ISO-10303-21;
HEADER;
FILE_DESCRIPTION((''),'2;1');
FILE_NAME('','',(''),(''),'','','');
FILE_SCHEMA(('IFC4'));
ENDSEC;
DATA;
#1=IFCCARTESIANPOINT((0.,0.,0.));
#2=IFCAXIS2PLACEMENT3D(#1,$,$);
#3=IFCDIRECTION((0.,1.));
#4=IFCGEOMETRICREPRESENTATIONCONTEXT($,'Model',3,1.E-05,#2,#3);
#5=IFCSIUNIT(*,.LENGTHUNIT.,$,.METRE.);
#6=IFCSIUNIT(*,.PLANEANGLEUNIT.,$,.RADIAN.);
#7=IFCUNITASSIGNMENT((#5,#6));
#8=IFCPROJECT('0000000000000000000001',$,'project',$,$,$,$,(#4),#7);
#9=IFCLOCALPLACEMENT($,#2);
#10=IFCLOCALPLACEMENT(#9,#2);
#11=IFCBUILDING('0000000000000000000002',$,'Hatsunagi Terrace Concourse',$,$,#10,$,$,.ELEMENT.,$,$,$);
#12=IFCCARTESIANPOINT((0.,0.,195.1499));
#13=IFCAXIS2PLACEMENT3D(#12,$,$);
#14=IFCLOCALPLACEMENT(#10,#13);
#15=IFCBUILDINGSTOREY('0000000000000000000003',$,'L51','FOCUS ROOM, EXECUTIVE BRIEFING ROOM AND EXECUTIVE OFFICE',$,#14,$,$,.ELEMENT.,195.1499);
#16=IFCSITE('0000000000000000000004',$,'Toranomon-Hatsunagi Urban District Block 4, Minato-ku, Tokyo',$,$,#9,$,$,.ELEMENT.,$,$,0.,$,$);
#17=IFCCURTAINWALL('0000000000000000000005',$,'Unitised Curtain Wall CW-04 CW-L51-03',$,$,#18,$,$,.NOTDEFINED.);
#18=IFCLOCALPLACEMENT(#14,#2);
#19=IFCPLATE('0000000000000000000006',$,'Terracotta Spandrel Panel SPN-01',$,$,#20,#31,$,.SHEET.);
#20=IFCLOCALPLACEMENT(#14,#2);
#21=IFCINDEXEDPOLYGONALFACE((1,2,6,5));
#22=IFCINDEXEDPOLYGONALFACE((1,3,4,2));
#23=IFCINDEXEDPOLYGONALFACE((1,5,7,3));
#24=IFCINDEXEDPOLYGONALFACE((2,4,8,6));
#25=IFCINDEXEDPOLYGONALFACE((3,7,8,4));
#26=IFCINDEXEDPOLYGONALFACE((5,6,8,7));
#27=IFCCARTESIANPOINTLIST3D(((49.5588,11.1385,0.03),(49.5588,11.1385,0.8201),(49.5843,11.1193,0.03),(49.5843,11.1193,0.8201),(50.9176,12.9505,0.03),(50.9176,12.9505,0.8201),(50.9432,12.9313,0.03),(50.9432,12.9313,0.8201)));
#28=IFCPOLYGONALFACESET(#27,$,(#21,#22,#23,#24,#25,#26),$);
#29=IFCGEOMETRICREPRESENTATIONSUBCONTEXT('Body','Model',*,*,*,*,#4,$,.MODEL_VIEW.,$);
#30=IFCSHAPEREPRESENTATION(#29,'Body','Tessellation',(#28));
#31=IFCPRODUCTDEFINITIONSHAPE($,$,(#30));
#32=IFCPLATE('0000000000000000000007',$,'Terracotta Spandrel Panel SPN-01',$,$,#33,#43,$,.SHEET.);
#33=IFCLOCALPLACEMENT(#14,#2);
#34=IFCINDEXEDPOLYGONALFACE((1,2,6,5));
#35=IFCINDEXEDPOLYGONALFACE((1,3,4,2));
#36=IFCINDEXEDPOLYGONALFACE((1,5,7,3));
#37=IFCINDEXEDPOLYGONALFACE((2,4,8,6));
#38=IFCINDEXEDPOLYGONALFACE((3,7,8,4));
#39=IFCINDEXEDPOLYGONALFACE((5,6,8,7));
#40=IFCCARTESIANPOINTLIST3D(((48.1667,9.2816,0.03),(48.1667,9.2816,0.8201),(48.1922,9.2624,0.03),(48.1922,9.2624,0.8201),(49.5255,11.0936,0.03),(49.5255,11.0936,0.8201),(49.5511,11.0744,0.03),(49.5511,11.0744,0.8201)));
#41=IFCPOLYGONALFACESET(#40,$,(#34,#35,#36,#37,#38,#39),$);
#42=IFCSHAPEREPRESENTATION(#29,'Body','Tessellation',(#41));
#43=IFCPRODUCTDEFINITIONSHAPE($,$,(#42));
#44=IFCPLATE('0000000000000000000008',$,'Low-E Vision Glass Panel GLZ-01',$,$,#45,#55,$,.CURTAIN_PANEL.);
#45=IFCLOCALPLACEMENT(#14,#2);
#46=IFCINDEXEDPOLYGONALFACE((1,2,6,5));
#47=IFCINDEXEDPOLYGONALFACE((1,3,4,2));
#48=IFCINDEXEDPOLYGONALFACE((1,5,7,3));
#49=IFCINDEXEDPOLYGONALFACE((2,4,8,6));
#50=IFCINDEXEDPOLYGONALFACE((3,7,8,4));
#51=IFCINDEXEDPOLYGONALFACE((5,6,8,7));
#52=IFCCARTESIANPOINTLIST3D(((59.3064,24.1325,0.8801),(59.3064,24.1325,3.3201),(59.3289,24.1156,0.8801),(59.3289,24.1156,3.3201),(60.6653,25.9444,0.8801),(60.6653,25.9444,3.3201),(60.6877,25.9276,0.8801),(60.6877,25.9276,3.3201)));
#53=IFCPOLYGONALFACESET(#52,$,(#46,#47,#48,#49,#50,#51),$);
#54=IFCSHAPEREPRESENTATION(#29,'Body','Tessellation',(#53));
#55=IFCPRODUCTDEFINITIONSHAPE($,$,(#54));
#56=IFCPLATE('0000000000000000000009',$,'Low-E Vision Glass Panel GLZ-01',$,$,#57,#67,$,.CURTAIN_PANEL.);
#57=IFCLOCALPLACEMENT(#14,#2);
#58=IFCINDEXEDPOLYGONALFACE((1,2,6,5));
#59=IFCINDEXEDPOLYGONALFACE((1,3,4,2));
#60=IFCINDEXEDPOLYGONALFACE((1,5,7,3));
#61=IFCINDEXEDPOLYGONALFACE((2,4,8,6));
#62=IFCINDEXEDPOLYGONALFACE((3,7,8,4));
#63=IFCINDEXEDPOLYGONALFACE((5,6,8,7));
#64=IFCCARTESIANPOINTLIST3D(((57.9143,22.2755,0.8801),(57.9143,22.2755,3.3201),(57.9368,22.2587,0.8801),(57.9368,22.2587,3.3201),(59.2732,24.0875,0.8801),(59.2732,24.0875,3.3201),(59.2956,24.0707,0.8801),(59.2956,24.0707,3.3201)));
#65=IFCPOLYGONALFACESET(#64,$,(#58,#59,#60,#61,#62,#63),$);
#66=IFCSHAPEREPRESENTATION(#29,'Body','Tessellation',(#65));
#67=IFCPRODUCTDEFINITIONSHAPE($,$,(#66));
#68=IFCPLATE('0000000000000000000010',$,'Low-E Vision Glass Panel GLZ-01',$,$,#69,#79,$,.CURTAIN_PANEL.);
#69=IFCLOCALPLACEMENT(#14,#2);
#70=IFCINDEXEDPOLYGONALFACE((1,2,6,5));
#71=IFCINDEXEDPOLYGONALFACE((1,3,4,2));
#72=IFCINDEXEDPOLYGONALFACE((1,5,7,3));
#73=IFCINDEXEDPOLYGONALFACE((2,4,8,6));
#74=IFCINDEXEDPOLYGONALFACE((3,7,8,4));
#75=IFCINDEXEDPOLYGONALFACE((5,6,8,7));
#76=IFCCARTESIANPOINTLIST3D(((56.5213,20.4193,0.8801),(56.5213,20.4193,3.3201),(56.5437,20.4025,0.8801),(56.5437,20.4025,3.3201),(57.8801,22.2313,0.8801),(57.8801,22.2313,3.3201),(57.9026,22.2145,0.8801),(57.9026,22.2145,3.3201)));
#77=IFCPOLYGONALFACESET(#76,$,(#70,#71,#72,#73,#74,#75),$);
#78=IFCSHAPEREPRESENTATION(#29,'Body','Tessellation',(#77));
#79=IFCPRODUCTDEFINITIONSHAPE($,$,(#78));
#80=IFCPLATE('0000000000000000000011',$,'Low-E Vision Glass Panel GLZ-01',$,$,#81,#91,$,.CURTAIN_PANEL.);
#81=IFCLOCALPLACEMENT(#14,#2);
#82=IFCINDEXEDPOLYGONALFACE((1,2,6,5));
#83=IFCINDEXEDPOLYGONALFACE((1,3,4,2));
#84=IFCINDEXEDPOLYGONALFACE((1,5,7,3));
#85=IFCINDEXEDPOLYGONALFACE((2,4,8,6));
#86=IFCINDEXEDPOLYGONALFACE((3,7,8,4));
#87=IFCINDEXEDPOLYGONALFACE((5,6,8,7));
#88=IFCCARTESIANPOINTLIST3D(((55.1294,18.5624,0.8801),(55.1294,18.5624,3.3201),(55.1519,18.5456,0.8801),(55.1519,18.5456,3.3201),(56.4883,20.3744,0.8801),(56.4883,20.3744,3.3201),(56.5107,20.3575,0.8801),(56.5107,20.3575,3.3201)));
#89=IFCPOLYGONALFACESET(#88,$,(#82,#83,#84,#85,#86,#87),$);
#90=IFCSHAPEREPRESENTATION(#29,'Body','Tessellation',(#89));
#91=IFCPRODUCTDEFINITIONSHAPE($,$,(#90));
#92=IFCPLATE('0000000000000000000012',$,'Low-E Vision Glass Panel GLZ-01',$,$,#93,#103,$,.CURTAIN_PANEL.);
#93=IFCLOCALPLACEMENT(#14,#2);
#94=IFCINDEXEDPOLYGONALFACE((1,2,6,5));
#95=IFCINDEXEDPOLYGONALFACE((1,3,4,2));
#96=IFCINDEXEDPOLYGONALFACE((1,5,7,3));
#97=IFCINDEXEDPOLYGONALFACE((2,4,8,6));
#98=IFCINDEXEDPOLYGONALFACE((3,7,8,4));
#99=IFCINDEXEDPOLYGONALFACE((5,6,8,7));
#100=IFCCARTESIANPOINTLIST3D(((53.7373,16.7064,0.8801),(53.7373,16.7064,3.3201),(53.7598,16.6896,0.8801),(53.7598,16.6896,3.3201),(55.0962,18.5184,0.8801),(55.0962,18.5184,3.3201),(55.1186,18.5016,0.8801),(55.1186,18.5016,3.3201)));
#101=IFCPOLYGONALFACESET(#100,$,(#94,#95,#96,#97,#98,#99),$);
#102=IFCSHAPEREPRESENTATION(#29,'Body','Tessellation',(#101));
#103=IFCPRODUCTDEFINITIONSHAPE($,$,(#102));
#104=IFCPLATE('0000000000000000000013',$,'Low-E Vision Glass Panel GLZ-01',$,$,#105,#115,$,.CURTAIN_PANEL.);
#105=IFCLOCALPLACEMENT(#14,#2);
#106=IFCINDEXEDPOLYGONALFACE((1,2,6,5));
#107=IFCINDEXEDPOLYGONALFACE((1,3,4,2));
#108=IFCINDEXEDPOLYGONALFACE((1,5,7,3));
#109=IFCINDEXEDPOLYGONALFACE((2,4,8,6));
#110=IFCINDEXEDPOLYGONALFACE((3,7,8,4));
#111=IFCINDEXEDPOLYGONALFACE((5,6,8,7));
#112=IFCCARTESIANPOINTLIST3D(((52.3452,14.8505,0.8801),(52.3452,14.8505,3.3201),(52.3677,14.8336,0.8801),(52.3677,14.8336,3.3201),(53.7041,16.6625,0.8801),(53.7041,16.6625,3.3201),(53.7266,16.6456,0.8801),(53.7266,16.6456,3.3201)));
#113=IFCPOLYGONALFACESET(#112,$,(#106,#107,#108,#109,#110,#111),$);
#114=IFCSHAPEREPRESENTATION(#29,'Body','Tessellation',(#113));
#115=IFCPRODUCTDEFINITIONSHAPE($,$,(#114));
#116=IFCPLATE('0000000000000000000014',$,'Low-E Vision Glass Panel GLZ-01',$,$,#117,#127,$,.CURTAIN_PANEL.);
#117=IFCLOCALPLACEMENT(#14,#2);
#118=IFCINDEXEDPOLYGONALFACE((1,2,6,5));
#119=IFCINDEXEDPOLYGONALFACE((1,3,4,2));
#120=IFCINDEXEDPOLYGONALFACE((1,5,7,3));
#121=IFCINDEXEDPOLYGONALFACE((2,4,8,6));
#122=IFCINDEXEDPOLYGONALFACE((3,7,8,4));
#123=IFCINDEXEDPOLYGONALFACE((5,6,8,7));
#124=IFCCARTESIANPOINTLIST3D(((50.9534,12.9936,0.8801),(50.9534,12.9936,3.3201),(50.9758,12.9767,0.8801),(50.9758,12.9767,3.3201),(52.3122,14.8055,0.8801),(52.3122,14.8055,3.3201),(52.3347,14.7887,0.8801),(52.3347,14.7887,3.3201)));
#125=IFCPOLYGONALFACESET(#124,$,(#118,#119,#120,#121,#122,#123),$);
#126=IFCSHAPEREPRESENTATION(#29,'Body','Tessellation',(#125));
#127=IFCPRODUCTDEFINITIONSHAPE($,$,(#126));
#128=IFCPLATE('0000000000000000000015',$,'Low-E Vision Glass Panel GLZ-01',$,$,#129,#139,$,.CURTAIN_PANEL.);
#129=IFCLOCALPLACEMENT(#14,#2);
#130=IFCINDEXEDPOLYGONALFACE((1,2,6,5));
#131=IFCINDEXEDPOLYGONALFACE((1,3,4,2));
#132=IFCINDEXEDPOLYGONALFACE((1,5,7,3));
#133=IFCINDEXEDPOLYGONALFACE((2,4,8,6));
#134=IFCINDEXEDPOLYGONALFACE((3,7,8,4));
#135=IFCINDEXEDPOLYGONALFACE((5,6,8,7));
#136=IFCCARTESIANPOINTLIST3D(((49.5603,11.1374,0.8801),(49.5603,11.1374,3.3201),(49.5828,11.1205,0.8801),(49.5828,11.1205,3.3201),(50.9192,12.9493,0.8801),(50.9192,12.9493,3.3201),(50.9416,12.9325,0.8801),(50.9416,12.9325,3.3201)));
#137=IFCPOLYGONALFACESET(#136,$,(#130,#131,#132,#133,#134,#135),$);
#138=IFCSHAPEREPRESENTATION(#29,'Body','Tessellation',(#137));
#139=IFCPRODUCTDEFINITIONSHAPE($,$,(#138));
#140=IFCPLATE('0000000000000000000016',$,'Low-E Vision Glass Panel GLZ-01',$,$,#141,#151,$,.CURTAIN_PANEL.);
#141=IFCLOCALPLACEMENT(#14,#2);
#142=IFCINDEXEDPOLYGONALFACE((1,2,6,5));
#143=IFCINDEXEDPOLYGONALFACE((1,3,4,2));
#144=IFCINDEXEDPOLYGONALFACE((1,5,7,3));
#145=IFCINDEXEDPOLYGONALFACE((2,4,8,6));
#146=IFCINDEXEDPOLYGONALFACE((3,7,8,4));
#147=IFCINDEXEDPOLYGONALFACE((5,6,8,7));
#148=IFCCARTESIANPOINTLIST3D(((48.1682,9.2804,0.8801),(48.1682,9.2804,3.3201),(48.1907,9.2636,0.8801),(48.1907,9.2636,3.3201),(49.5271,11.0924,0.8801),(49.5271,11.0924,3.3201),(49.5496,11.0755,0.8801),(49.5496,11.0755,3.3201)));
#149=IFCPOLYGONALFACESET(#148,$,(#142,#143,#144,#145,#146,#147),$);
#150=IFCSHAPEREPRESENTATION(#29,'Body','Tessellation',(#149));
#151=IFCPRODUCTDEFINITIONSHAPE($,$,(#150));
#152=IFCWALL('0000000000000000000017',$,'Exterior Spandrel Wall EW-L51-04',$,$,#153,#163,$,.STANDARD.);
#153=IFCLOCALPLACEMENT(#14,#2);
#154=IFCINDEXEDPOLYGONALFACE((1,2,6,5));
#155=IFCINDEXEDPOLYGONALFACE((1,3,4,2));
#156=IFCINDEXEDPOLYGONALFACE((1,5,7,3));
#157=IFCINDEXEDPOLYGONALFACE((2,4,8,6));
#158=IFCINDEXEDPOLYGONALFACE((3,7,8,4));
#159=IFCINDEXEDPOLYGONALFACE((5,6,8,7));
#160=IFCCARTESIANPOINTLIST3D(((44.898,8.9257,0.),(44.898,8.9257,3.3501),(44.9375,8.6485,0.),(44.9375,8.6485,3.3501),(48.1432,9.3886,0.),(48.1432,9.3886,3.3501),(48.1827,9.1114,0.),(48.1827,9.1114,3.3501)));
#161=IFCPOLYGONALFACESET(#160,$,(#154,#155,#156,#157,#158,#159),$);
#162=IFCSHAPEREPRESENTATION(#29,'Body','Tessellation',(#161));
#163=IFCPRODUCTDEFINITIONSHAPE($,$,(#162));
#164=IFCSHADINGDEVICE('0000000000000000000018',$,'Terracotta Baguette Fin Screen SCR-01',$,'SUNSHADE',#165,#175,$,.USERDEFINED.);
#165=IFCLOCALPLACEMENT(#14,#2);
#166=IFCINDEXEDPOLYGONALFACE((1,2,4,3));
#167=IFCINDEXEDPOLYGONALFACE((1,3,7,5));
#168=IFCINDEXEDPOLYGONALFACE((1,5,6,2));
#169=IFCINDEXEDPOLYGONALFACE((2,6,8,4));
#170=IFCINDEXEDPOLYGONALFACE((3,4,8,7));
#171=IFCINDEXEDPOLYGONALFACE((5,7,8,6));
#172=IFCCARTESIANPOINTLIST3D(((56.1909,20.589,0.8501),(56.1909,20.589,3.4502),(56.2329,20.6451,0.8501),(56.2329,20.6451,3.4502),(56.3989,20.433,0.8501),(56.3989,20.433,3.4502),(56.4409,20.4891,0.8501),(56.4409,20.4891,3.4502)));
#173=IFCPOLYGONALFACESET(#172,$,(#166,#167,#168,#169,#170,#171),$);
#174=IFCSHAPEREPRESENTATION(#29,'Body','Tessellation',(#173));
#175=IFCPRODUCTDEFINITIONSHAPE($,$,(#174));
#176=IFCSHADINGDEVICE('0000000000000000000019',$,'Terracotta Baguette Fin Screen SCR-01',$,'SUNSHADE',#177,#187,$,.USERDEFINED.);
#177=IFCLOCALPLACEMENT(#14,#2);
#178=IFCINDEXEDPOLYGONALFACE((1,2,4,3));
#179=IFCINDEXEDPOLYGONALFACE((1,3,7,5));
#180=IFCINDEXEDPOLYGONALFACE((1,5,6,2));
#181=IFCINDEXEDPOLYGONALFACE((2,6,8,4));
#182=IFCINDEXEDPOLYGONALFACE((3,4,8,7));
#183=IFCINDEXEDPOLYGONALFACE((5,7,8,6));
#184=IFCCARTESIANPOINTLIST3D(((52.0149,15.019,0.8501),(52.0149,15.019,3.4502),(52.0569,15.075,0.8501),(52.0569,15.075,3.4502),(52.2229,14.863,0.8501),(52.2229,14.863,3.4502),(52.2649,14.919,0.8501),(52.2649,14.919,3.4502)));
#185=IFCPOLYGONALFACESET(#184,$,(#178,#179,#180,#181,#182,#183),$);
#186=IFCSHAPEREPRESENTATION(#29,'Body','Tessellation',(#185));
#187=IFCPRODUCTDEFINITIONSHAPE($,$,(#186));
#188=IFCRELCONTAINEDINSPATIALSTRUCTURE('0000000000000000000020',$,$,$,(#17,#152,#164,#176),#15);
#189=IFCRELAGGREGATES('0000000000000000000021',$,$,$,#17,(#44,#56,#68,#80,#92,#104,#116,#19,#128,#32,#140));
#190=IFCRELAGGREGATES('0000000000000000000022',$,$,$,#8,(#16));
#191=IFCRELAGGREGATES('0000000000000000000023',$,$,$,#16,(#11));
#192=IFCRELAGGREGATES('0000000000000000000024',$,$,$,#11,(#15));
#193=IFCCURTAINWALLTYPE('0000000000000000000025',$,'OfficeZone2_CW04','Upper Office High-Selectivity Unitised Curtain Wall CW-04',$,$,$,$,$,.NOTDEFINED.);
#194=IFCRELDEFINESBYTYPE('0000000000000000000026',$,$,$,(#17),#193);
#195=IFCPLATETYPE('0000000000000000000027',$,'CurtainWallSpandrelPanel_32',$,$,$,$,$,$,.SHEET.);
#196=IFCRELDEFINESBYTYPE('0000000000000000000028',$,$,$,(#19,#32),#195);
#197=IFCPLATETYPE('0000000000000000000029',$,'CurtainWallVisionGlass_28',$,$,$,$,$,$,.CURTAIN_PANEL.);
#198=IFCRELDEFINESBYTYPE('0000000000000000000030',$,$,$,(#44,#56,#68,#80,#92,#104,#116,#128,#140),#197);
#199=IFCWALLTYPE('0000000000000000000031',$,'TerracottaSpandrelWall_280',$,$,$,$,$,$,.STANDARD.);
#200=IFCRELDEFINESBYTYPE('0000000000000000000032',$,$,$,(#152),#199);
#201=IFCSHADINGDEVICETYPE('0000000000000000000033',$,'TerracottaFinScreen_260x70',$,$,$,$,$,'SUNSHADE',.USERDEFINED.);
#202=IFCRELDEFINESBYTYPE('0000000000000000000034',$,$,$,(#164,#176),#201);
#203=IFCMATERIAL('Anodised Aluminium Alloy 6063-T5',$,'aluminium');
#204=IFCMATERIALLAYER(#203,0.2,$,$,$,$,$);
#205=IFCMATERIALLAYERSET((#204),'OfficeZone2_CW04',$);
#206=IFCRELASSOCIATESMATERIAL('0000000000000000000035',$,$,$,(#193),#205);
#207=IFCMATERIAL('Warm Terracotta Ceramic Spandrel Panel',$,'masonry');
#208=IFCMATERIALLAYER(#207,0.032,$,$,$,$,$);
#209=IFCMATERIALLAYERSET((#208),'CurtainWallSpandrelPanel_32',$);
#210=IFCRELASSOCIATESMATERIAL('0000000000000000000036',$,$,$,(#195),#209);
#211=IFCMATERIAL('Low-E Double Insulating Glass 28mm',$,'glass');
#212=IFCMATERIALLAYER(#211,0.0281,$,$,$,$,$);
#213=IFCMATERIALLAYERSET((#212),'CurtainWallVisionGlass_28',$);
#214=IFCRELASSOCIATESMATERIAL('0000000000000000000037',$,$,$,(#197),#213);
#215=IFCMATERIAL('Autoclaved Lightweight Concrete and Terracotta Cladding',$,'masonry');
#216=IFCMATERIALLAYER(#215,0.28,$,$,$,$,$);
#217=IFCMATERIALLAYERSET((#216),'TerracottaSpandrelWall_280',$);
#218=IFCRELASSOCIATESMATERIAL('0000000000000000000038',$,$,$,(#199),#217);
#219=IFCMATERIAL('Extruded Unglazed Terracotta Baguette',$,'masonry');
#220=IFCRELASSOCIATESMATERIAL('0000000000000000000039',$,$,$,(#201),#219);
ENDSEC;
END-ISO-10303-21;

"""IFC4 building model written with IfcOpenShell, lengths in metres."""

from ifc_helpers import new_model, si_unit, direction, frame, frame_2d, origin, origin_2d, place, context, subcontext, project, spatial, rectangle, extrude, material, layer, layer_set, type_object, element, aggregate, save


model = new_model("IFC4")

# Units and contexts
model_context = context("Model", 3, precision=1e-05, world=origin(), true_north=direction((0.0, 1.0)))
body_context = subcontext(model_context, "Body", "Model", "MODEL_VIEW")
ifc_project = project(units=[si_unit("LENGTHUNIT", "METRE"), si_unit("PLANEANGLEUNIT", "RADIAN")], contexts=[model_context])

# Site, building, storey
site_placement = place(None, origin())
site = spatial("IfcSite", under=ifc_project, at=site_placement, Name="Toranomon-Hatsunagi Urban District Block 4, Minato-ku, Tokyo", CompositionType="ELEMENT", RefElevation=0.0)
building_placement = place(site_placement, origin())
building = spatial("IfcBuilding", under=site, at=building_placement, Name="Hatsunagi Terrace Concourse", CompositionType="ELEMENT")
storey_placement = place(building_placement, frame((0.0, 0.0, 195.1499)))
storey = spatial("IfcBuildingStorey", under=building, at=storey_placement, Name="L51", Description="FOCUS ROOM, EXECUTIVE BRIEFING ROOM AND EXECUTIVE OFFICE", CompositionType="ELEMENT", Elevation=195.1499)

# Curtain wall
ifc_material_1 = material(Name="Anodised Aluminium Alloy 6063-T5", Category="aluminium")
ifc_layer_1 = layer(ifc_material_1, 0.2)
ifc_layer_set_1 = layer_set([ifc_layer_1], Name="OfficeZone2_CW04")
curtain_wall_type = type_object("IfcCurtainWallType", Name="OfficeZone2_CW04", Description="Upper Office High-Selectivity Unitised Curtain Wall CW-04", PredefinedType="NOTDEFINED", material=ifc_layer_set_1)
curtain_wall_placement = place(storey_placement, origin())
curtain_wall = element("IfcCurtainWall", 1, at=curtain_wall_placement, inside=storey, type_object=curtain_wall_type, Name="Unitised Curtain Wall CW-04 CW-L51-03", PredefinedType="NOTDEFINED")

# Plates
ifc_material_2 = material(Name="Warm Terracotta Ceramic Spandrel Panel", Category="masonry")
ifc_layer_2 = layer(ifc_material_2, 0.032)
ifc_layer_set_2 = layer_set([ifc_layer_2], Name="CurtainWallSpandrelPanel_32")
plate_type_1 = type_object("IfcPlateType", Name="CurtainWallSpandrelPanel_32", PredefinedType="SHEET", material=ifc_layer_set_2)
plate_1_placement = place(storey_placement, frame((50.251, 12.0349, 0.03), z_axis=(0.0, 0.0, 1.0), x_axis=(-0.599969, -0.800023, 0.0)))
plate_1 = element("IfcPlate", 2, at=plate_1_placement, type_object=plate_type_1, Name="Terracotta Spandrel Panel SPN-01", PredefinedType="SHEET", context=body_context, shape_type="SweptSolid", body=[
    extrude(rectangle(XDim=2.2649, YDim=0.032, at=origin_2d()), origin(), (0.0, 0.0, 1.0), 0.79),
])
plate_2_placement = place(storey_placement, frame((48.8589, 10.178, 0.03), z_axis=(0.0, 0.0, 1.0), x_axis=(-0.599969, -0.800023, 0.0)))
plate_2 = element("IfcPlate", 3, at=plate_2_placement, type_object=plate_type_1, Name="Terracotta Spandrel Panel SPN-01", PredefinedType="SHEET", context=body_context, shape_type="SweptSolid", body=[
    extrude(rectangle(XDim=2.2649, YDim=0.032, at=origin_2d()), origin(), (0.0, 0.0, 1.0), 0.79),
])
ifc_material_3 = material(Name="Low-E Double Insulating Glass 28mm", Category="glass")
ifc_layer_3 = layer(ifc_material_3, 0.0281)
ifc_layer_set_3 = layer_set([ifc_layer_3], Name="CurtainWallVisionGlass_28")
plate_type_2 = type_object("IfcPlateType", Name="CurtainWallVisionGlass_28", PredefinedType="CURTAIN_PANEL", material=ifc_layer_set_3)
plate_3_placement = place(storey_placement, frame((59.9971, 25.03, 0.8801), z_axis=(0.0, 0.0, 1.0), x_axis=(-0.599969, -0.800023, 0.0)))
plate_3 = element("IfcPlate", 4, at=plate_3_placement, type_object=plate_type_2, Name="Low-E Vision Glass Panel GLZ-01", PredefinedType="CURTAIN_PANEL", context=body_context, shape_type="SweptSolid", body=[
    extrude(rectangle(XDim=2.2649, YDim=0.0281, at=origin_2d()), origin(), (0.0, 0.0, 1.0), 2.4399),
])
plate_4_placement = place(storey_placement, frame((58.605, 23.1731, 0.8801), z_axis=(0.0, 0.0, 1.0), x_axis=(-0.599969, -0.800023, 0.0)))
plate_4 = element("IfcPlate", 5, at=plate_4_placement, type_object=plate_type_2, Name="Low-E Vision Glass Panel GLZ-01", PredefinedType="CURTAIN_PANEL", context=body_context, shape_type="SweptSolid", body=[
    extrude(rectangle(XDim=2.2649, YDim=0.0281, at=origin_2d()), origin(), (0.0, 0.0, 1.0), 2.4399),
])
plate_5_placement = place(storey_placement, frame((57.2119, 21.3169, 0.8801), z_axis=(0.0, 0.0, 1.0), x_axis=(-0.599969, -0.800023, 0.0)))
plate_5 = element("IfcPlate", 6, at=plate_5_placement, type_object=plate_type_2, Name="Low-E Vision Glass Panel GLZ-01", PredefinedType="CURTAIN_PANEL", context=body_context, shape_type="SweptSolid", body=[
    extrude(rectangle(XDim=2.2649, YDim=0.0281, at=origin_2d()), origin(), (0.0, 0.0, 1.0), 2.4399),
])
plate_6_placement = place(storey_placement, frame((55.8201, 19.46, 0.8801), z_axis=(0.0, 0.0, 1.0), x_axis=(-0.599969, -0.800023, 0.0)))
plate_6 = element("IfcPlate", 7, at=plate_6_placement, type_object=plate_type_2, Name="Low-E Vision Glass Panel GLZ-01", PredefinedType="CURTAIN_PANEL", context=body_context, shape_type="SweptSolid", body=[
    extrude(rectangle(XDim=2.2649, YDim=0.0281, at=origin_2d()), origin(), (0.0, 0.0, 1.0), 2.4399),
])
plate_7_placement = place(storey_placement, frame((54.428, 17.604, 0.8801), z_axis=(0.0, 0.0, 1.0), x_axis=(-0.599969, -0.800023, 0.0)))
plate_7 = element("IfcPlate", 8, at=plate_7_placement, type_object=plate_type_2, Name="Low-E Vision Glass Panel GLZ-01", PredefinedType="CURTAIN_PANEL", context=body_context, shape_type="SweptSolid", body=[
    extrude(rectangle(XDim=2.2649, YDim=0.0281, at=origin_2d()), origin(), (0.0, 0.0, 1.0), 2.4399),
])
plate_8_placement = place(storey_placement, frame((53.0359, 15.748, 0.8801), z_axis=(0.0, 0.0, 1.0), x_axis=(-0.599969, -0.800023, 0.0)))
plate_8 = element("IfcPlate", 9, at=plate_8_placement, type_object=plate_type_2, Name="Low-E Vision Glass Panel GLZ-01", PredefinedType="CURTAIN_PANEL", context=body_context, shape_type="SweptSolid", body=[
    extrude(rectangle(XDim=2.2649, YDim=0.0281, at=origin_2d()), origin(), (0.0, 0.0, 1.0), 2.4399),
])
plate_9_placement = place(storey_placement, frame((51.644, 13.8911, 0.8801), z_axis=(0.0, 0.0, 1.0), x_axis=(-0.599969, -0.800023, 0.0)))
plate_9 = element("IfcPlate", 10, at=plate_9_placement, type_object=plate_type_2, Name="Low-E Vision Glass Panel GLZ-01", PredefinedType="CURTAIN_PANEL", context=body_context, shape_type="SweptSolid", body=[
    extrude(rectangle(XDim=2.2649, YDim=0.0281, at=origin_2d()), origin(), (0.0, 0.0, 1.0), 2.4399),
])
plate_10_placement = place(storey_placement, frame((50.251, 12.0349, 0.8801), z_axis=(0.0, 0.0, 1.0), x_axis=(-0.599969, -0.800023, 0.0)))
plate_10 = element("IfcPlate", 11, at=plate_10_placement, type_object=plate_type_2, Name="Low-E Vision Glass Panel GLZ-01", PredefinedType="CURTAIN_PANEL", context=body_context, shape_type="SweptSolid", body=[
    extrude(rectangle(XDim=2.2649, YDim=0.0281, at=origin_2d()), origin(), (0.0, 0.0, 1.0), 2.4399),
])
plate_11_placement = place(storey_placement, frame((48.8589, 10.178, 0.8801), z_axis=(0.0, 0.0, 1.0), x_axis=(-0.599969, -0.800023, 0.0)))
plate_11 = element("IfcPlate", 12, at=plate_11_placement, type_object=plate_type_2, Name="Low-E Vision Glass Panel GLZ-01", PredefinedType="CURTAIN_PANEL", context=body_context, shape_type="SweptSolid", body=[
    extrude(rectangle(XDim=2.2649, YDim=0.0281, at=origin_2d()), origin(), (0.0, 0.0, 1.0), 2.4399),
])
aggregate(curtain_wall, [plate_3, plate_4, plate_5, plate_6, plate_7, plate_8, plate_9, plate_1, plate_10, plate_2, plate_11])

# Wall
ifc_material_4 = material(Name="Autoclaved Lightweight Concrete and Terracotta Cladding", Category="masonry")
ifc_layer_4 = layer(ifc_material_4, 0.28)
ifc_layer_set_4 = layer_set([ifc_layer_4], Name="TerracottaSpandrelWall_280")
wall_type = type_object("IfcWallType", Name="TerracottaSpandrelWall_280", PredefinedType="STANDARD", material=ifc_layer_set_4)
wall_placement = place(storey_placement, frame((48.1631, 9.25, 0.0), z_axis=(0.0, 0.0, 1.0), x_axis=(-0.989979, -0.141213, 0.0)))
element("IfcWall", 13, at=wall_placement, inside=storey, type_object=wall_type, Name="Exterior Spandrel Wall EW-L51-04", PredefinedType="STANDARD", context=body_context, shape_type="SweptSolid", body=[
    extrude(rectangle(XDim=3.2781, YDim=0.28, at=frame_2d((1.6392, 0.0))), origin(), (0.0, 0.0, 1.0), 3.3501),
])

# Shading devices
ifc_material_5 = material(Name="Extruded Unglazed Terracotta Baguette", Category="masonry")
shading_device_type = type_object("IfcShadingDeviceType", Name="TerracottaFinScreen_260x70", ElementType="SUNSHADE", PredefinedType="USERDEFINED", material=ifc_material_5)
for number, where, z_axis, x_axis, name in (
    (14, (56.3159, 20.5391, 0.8501), (0.0, 0.0, 1.0), (-0.599969, -0.800023, 0.0), "Terracotta Baguette Fin Screen SCR-01"),
    (15, (52.1399, 14.969, 0.8501), (0.0, 0.0, 1.0), (-0.599969, -0.800023, 0.0), "Terracotta Baguette Fin Screen SCR-01"),
):
    element("IfcShadingDevice", number, at=place(storey_placement, frame(where, z_axis=z_axis, x_axis=x_axis)), inside=storey, type_object=shading_device_type, Name=name, ObjectType="SUNSHADE", PredefinedType="USERDEFINED", context=body_context, shape_type="SweptSolid", body=[
        extrude(rectangle(XDim=0.0701, YDim=0.26, at=origin_2d()), origin(), (0.0, 0.0, 1.0), 2.6001),
    ])

save(model, "model.ifc")
